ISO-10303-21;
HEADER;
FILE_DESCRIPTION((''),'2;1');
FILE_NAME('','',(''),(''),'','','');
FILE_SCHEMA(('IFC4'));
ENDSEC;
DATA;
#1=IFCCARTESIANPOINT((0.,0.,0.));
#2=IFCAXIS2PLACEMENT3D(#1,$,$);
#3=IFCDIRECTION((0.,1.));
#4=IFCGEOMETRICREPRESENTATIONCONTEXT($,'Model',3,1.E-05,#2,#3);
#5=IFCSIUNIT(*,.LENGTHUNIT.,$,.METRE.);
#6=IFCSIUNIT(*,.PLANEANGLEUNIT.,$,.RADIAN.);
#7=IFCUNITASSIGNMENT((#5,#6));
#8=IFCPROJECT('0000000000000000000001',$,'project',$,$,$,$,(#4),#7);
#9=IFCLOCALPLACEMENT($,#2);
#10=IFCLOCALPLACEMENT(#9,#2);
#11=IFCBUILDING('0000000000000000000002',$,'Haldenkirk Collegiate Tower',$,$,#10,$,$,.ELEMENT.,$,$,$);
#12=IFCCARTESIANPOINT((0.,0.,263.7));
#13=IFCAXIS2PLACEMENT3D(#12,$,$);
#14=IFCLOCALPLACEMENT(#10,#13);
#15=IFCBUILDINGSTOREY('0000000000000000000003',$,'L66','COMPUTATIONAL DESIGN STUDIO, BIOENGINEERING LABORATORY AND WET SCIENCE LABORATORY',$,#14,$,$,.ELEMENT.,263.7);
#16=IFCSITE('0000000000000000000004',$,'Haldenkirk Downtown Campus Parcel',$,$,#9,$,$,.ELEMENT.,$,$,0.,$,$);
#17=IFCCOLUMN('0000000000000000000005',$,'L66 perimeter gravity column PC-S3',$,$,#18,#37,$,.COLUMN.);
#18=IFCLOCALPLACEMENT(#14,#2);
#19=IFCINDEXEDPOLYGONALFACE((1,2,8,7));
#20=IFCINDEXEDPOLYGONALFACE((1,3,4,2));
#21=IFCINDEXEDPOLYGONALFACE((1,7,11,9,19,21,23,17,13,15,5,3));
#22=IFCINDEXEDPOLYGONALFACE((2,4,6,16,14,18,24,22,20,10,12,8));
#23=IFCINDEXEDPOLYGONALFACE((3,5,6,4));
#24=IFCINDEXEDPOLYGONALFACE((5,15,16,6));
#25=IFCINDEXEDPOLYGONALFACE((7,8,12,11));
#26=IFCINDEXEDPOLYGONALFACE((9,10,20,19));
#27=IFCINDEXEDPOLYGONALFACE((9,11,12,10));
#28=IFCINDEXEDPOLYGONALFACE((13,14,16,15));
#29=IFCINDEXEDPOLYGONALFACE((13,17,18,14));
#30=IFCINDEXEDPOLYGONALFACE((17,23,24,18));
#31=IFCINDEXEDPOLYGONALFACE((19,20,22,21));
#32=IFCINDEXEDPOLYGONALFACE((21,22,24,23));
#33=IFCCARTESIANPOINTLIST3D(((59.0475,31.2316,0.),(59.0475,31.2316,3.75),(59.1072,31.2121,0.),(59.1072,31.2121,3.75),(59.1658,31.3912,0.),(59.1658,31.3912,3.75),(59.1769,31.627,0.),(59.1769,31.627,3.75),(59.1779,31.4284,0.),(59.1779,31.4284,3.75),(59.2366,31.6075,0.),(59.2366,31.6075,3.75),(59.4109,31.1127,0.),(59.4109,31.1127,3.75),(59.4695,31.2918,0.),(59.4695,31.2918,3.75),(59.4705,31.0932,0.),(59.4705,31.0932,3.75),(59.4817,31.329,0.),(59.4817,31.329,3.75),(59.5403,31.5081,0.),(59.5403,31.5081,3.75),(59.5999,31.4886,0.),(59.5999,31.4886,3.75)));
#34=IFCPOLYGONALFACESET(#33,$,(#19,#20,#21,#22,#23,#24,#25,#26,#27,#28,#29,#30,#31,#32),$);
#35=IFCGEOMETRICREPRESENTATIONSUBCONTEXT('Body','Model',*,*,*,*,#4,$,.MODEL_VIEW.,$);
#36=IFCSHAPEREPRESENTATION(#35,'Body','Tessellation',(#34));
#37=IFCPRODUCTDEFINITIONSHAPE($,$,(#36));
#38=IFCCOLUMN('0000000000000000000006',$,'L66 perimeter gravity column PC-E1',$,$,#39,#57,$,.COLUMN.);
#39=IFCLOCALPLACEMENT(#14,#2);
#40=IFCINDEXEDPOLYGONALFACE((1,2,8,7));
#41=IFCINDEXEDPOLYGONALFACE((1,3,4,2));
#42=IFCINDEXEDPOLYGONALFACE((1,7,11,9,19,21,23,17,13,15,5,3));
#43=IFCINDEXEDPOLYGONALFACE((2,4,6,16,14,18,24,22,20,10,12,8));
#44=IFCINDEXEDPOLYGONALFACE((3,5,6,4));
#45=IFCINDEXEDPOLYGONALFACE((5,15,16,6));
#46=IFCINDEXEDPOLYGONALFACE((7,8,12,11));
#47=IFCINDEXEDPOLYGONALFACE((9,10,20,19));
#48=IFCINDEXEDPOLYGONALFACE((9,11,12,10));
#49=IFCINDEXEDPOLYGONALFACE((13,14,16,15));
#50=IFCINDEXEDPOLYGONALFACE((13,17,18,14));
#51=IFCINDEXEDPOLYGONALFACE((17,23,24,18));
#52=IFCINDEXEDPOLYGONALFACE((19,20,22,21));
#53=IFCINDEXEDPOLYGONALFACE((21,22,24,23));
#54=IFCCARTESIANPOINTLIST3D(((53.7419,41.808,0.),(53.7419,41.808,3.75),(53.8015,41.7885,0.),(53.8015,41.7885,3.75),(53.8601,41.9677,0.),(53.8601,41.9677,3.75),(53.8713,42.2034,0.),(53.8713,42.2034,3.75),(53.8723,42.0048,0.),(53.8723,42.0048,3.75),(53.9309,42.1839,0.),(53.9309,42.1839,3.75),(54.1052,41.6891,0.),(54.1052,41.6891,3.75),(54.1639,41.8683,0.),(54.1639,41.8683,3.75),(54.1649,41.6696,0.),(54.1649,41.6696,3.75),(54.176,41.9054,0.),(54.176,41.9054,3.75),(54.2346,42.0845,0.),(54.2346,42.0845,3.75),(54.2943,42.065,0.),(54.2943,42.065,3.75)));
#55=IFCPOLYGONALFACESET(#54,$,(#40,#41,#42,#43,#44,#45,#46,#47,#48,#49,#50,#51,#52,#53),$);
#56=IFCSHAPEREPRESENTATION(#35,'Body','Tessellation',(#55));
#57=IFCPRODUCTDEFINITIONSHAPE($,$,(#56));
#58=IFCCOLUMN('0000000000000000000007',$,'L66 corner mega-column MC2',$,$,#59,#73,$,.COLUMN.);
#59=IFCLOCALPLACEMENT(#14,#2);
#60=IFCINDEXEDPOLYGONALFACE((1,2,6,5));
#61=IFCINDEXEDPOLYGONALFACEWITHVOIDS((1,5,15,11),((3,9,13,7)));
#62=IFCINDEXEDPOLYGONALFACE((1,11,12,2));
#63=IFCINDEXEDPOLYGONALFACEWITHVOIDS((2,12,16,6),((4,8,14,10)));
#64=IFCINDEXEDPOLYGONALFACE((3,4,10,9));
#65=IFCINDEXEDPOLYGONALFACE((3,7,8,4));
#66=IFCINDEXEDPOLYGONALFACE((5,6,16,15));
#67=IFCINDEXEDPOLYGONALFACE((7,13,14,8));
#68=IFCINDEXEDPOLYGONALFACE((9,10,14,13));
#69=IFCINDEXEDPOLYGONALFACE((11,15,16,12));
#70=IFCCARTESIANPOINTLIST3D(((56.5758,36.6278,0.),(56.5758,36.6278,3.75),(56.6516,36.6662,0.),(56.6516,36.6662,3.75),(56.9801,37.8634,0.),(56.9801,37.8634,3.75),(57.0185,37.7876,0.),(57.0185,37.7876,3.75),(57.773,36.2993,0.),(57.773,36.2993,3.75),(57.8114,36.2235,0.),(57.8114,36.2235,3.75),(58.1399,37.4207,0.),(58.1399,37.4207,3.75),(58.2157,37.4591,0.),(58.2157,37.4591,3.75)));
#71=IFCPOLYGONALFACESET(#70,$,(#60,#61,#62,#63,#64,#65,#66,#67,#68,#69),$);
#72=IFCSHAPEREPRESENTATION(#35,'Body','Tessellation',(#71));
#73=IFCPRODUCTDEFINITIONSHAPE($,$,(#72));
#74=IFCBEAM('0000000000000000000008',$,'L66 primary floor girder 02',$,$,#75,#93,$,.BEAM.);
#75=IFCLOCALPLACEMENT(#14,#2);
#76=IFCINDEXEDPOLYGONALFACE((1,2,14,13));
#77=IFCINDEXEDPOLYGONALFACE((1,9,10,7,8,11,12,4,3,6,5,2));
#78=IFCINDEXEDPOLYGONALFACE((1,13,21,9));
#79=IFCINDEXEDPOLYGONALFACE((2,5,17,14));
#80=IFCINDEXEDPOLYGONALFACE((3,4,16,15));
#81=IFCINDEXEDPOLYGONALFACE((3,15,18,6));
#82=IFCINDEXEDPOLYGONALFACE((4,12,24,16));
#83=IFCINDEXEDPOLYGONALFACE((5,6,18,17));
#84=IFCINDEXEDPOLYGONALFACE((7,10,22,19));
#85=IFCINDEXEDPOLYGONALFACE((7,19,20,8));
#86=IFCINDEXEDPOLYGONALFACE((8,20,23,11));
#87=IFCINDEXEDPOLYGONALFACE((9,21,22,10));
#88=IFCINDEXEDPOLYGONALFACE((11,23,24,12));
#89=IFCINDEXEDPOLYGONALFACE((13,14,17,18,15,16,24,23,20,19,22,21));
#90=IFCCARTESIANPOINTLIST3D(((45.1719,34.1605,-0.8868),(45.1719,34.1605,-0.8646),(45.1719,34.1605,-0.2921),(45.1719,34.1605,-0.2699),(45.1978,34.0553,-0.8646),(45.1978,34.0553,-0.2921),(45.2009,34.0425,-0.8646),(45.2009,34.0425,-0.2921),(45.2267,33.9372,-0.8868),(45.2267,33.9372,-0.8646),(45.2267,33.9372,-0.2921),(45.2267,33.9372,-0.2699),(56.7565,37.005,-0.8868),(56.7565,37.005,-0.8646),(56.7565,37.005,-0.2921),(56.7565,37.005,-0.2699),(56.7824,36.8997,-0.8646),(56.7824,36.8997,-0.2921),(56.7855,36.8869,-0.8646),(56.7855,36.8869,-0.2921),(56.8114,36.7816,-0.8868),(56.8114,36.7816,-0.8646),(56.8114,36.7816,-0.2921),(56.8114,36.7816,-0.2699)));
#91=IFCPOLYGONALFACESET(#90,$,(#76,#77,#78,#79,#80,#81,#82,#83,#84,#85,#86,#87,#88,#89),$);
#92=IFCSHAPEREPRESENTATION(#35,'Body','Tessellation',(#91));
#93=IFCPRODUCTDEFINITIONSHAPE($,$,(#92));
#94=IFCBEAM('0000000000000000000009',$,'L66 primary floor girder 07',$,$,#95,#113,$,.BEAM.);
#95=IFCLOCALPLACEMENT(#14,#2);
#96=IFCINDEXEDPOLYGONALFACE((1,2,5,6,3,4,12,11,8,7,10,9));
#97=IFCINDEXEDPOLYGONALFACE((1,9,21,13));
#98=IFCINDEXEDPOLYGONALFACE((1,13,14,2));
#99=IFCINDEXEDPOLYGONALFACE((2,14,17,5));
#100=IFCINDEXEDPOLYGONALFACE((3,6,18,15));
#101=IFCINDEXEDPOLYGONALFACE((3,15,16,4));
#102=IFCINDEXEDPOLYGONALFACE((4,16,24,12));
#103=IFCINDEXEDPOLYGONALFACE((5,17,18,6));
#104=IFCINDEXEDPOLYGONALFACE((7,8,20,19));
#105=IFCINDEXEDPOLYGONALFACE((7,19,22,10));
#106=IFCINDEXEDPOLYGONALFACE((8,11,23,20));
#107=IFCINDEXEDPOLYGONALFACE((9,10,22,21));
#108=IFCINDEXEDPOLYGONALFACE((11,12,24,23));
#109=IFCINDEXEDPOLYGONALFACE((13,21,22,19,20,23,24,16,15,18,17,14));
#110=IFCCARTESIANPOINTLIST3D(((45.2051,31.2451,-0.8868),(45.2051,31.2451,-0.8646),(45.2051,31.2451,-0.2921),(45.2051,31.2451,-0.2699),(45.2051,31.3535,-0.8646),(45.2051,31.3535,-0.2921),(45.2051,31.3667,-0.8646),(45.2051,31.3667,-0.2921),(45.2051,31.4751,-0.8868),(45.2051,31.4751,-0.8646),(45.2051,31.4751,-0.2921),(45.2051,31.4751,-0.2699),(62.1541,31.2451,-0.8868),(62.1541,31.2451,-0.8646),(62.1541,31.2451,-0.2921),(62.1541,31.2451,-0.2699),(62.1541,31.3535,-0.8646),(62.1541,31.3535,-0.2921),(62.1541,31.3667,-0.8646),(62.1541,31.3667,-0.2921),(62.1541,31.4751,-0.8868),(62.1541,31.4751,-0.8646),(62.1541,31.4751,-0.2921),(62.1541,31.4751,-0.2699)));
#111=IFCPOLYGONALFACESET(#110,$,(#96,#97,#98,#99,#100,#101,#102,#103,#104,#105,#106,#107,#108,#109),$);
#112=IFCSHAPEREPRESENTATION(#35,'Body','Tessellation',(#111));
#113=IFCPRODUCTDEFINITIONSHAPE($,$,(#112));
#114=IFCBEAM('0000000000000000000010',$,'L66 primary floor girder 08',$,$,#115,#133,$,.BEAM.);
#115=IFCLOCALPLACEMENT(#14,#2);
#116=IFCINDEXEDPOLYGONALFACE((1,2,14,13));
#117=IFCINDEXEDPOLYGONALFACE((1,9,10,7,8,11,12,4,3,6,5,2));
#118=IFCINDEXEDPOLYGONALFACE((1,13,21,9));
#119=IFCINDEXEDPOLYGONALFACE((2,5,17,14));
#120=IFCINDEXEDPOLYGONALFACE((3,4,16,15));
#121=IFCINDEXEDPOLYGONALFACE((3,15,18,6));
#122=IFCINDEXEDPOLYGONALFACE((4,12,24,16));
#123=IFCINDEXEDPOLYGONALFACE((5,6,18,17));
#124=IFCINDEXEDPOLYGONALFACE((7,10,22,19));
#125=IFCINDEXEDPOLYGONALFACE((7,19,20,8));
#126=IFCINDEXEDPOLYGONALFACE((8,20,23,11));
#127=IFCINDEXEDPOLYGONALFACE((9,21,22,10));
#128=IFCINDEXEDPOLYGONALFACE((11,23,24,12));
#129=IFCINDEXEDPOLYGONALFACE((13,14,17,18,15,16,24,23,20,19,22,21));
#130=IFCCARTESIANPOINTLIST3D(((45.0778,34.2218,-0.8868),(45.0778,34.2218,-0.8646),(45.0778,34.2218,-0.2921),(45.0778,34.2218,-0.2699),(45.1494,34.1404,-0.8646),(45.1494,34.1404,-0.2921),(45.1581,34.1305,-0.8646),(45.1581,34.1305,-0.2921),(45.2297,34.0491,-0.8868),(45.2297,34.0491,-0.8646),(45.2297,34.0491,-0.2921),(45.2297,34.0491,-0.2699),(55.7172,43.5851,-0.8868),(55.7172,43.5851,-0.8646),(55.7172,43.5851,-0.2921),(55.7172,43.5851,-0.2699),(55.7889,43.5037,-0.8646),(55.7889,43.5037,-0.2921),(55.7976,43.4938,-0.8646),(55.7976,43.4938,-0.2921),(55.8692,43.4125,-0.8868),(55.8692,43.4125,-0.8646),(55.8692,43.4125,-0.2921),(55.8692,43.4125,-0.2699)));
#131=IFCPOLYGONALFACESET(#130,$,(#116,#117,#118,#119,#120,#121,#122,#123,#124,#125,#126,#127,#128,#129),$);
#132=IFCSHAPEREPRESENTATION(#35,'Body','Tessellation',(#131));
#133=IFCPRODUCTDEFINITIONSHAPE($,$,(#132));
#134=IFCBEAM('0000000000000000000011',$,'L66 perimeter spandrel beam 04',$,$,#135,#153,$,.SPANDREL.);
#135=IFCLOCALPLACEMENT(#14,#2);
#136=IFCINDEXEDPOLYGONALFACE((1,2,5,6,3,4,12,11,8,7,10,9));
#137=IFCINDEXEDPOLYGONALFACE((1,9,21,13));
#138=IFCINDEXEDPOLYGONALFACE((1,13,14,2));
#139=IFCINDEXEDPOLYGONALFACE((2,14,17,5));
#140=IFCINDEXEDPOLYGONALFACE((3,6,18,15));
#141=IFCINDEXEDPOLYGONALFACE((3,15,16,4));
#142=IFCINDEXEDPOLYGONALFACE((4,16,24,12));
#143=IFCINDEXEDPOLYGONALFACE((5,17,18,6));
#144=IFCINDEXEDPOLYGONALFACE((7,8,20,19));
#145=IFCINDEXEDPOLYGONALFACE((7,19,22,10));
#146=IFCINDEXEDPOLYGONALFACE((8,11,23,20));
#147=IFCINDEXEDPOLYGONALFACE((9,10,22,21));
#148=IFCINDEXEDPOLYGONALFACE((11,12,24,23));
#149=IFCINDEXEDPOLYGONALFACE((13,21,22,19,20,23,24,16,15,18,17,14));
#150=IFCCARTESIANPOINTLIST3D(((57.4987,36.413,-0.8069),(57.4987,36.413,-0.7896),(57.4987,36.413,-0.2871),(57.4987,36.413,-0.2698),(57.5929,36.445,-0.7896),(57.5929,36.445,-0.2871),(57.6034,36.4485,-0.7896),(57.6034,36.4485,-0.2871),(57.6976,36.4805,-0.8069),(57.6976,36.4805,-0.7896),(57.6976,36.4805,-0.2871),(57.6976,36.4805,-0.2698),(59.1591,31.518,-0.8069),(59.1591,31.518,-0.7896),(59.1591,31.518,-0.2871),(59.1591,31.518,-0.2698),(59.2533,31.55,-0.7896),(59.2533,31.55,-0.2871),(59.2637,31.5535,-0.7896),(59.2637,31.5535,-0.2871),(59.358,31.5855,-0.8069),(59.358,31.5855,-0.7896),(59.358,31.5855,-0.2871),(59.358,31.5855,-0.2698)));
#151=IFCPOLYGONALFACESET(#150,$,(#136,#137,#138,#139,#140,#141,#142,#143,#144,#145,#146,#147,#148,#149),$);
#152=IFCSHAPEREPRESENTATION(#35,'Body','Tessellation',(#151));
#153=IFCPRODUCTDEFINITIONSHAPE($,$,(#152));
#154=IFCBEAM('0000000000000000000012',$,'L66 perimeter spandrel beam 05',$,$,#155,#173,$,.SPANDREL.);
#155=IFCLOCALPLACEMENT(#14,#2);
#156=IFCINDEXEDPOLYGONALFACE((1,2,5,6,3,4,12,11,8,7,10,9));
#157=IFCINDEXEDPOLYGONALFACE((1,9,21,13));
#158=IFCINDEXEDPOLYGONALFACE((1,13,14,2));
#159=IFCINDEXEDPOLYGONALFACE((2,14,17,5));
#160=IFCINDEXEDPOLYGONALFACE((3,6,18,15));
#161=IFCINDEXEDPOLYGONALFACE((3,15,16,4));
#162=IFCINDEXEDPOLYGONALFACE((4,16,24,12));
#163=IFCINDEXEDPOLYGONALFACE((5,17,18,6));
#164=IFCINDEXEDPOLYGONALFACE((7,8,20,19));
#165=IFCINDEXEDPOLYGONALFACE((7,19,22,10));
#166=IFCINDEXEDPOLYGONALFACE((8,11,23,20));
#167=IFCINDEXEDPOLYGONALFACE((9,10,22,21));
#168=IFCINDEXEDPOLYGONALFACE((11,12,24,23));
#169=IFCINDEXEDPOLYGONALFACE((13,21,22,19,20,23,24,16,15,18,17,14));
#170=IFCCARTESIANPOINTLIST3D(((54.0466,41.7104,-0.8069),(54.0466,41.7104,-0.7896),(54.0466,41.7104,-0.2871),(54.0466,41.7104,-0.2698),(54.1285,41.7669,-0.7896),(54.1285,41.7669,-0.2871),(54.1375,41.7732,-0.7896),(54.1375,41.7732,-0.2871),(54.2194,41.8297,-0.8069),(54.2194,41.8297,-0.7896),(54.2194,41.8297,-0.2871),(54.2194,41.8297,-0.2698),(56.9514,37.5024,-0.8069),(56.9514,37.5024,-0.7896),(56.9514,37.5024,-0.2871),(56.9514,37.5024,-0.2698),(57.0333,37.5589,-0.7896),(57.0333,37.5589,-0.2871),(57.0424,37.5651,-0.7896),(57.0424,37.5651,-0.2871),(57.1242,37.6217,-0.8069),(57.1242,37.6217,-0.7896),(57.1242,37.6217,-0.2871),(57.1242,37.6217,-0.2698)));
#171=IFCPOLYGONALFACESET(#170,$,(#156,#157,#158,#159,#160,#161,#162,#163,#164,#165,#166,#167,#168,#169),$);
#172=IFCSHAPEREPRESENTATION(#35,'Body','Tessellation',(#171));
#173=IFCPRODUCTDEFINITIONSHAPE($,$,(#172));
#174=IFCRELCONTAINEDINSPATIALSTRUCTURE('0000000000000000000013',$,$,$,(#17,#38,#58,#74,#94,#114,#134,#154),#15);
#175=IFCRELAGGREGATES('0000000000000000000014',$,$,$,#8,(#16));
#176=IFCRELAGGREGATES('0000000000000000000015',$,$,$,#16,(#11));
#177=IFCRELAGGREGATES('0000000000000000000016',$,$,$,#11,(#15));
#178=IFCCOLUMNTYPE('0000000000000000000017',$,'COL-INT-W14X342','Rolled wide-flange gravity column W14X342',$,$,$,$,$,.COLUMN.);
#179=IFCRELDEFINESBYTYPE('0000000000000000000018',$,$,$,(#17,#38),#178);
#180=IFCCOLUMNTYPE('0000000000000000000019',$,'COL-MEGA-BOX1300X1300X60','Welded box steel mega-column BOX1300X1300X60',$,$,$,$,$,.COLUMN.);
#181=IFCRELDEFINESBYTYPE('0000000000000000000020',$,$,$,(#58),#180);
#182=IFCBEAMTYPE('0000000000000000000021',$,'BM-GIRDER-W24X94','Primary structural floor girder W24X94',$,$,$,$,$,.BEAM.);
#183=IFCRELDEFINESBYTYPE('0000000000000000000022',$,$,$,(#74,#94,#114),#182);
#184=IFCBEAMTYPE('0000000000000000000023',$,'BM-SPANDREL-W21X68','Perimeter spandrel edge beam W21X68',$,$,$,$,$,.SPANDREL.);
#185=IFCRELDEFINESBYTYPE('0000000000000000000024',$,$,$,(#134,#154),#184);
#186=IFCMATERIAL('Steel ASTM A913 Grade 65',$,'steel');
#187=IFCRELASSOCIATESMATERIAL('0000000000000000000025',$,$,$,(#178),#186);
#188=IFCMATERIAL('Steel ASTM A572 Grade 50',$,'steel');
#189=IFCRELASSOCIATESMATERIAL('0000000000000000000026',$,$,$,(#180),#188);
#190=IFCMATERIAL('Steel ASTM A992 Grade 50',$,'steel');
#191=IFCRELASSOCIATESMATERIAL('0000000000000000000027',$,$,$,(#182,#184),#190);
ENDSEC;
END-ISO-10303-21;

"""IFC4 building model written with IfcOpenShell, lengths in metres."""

from ifc_helpers import new_model, si_unit, direction, frame, origin, origin_2d, place, context, subcontext, project, spatial, hollow_rectangle, i_section, extrude, material, material_profile, profile_set, type_object, element, save


model = new_model("IFC4")

# Units and contexts
model_context = context("Model", 3, precision=1e-05, world=origin(), true_north=direction((0.0, 1.0)))
body_context = subcontext(model_context, "Body", "Model", "MODEL_VIEW")
ifc_project = project(units=[si_unit("LENGTHUNIT", "METRE"), si_unit("PLANEANGLEUNIT", "RADIAN")], contexts=[model_context])

# Site, building, storey
site_placement = place(None, origin())
site = spatial("IfcSite", under=ifc_project, at=site_placement, Name="Haldenkirk Downtown Campus Parcel", CompositionType="ELEMENT", RefElevation=0.0)
building_placement = place(site_placement, origin())
building = spatial("IfcBuilding", under=site, at=building_placement, Name="Haldenkirk Collegiate Tower", CompositionType="ELEMENT")
storey_placement = place(building_placement, frame((0.0, 0.0, 263.7)))
storey = spatial("IfcBuildingStorey", under=building, at=storey_placement, Name="L66", Description="COMPUTATIONAL DESIGN STUDIO, BIOENGINEERING LABORATORY AND WET SCIENCE LABORATORY", CompositionType="ELEMENT", Elevation=263.7)

# Columns
ifc_material_1 = material(Name="Steel ASTM A913 Grade 65", Category="steel")
ifc_material_profile_1 = material_profile(ifc_material_1, i_section(OverallWidth=0.416, OverallDepth=0.4451, WebThickness=0.0391, FlangeThickness=0.0627, at=origin_2d()), Name="W14X342")
ifc_profile_set_1 = profile_set([ifc_material_profile_1], Name="Steel ASTM A913 Grade 65")
column_type_1 = type_object("IfcColumnType", Name="COL-INT-W14X342", Description="Rolled wide-flange gravity column W14X342", PredefinedType="COLUMN", material=ifc_profile_set_1)
for number, where, z_axis, x_axis, name in (
    (1, (59.3237, 31.3601, 0.0), (0.0, 0.0, 1.0), (0.311008, 0.950407, 0.0), "L66 perimeter gravity column PC-S3"),
    (2, (54.0181, 41.9365, 0.0), (0.0, 0.0, 1.0), (0.311008, 0.950407, 0.0), "L66 perimeter gravity column PC-E1"),
):
    element("IfcColumn", number, at=place(storey_placement, frame(where, z_axis=z_axis, x_axis=x_axis)), inside=storey, type_object=column_type_1, Name=name, PredefinedType="COLUMN", context=body_context, shape_type="SweptSolid", body=[
        extrude(i_section(OverallWidth=0.416, OverallDepth=0.4451, WebThickness=0.0391, FlangeThickness=0.0627, at=origin_2d()), origin(), (0.0, 0.0, 1.0), 3.75),
    ])
ifc_material_2 = material(Name="Steel ASTM A572 Grade 50", Category="steel")
ifc_material_profile_2 = material_profile(ifc_material_2, hollow_rectangle(XDim=1.3, YDim=1.3, WallThickness=0.0601, at=origin_2d()), Name="BOX1300X1300X60")
ifc_profile_set_2 = profile_set([ifc_material_profile_2], Name="Steel ASTM A572 Grade 50")
column_type_2 = type_object("IfcColumnType", Name="COL-MEGA-BOX1300X1300X60", Description="Welded box steel mega-column BOX1300X1300X60", PredefinedType="COLUMN", material=ifc_profile_set_2)
column_placement = place(storey_placement, frame((57.3958, 37.0435, 0.0), z_axis=(0.0, 0.0, 1.0), x_axis=(0.311008, 0.950407, 0.0)))
element("IfcColumn", 3, at=column_placement, inside=storey, type_object=column_type_2, Name="L66 corner mega-column MC2", PredefinedType="COLUMN", context=body_context, shape_type="SweptSolid", body=[
    extrude(hollow_rectangle(XDim=1.3, YDim=1.3, WallThickness=0.0601, at=origin_2d()), origin(), (0.0, 0.0, 1.0), 3.75),
])

# Beams
ifc_material_3 = material(Name="Steel ASTM A992 Grade 50", Category="steel")
ifc_material_profile_3 = material_profile(ifc_material_3, i_section(OverallWidth=0.23, OverallDepth=0.6169, WebThickness=0.0132, FlangeThickness=0.0222, at=origin_2d()), Name="W24X94")
ifc_profile_set_3 = profile_set([ifc_material_profile_3], Name="Steel ASTM A992 Grade 50")
beam_type_1 = type_object("IfcBeamType", Name="BM-GIRDER-W24X94", Description="Primary structural floor girder W24X94", PredefinedType="BEAM", material=ifc_profile_set_3)
beam_1_placement = place(storey_placement, frame((56.7839, 36.8933, -0.5784), z_axis=(-0.971154, -0.238455, 0.0), x_axis=(0.238455, -0.971154, 0.0)))
element("IfcBeam", 4, at=beam_1_placement, inside=storey, type_object=beam_type_1, Name="L66 primary floor girder 02", PredefinedType="BEAM", context=body_context, shape_type="SweptSolid", body=[
    extrude(i_section(OverallWidth=0.23, OverallDepth=0.6169, WebThickness=0.0132, FlangeThickness=0.0222, at=origin_2d()), origin(), (0.0, 0.0, 1.0), 11.9287),
])
beam_2_placement = place(storey_placement, frame((62.1541, 31.3601, -0.5784), z_axis=(-1.0, 0.0, 0.0), x_axis=(0.0, -1.0, 0.0)))
element("IfcBeam", 5, at=beam_2_placement, inside=storey, type_object=beam_type_1, Name="L66 primary floor girder 07", PredefinedType="BEAM", context=body_context, shape_type="SweptSolid", body=[
    extrude(i_section(OverallWidth=0.23, OverallDepth=0.6169, WebThickness=0.0132, FlangeThickness=0.0222, at=origin_2d()), origin(), (0.0, 0.0, 1.0), 16.949),
])
beam_3_placement = place(storey_placement, frame((55.7932, 43.4988, -0.5784), z_axis=(-0.750692, -0.660652, 0.0), x_axis=(0.660652, -0.750692, 0.0)))
element("IfcBeam", 6, at=beam_3_placement, inside=storey, type_object=beam_type_1, Name="L66 primary floor girder 08", PredefinedType="BEAM", context=body_context, shape_type="SweptSolid", body=[
    extrude(i_section(OverallWidth=0.23, OverallDepth=0.6169, WebThickness=0.0132, FlangeThickness=0.0222, at=origin_2d()), origin(), (0.0, 0.0, 1.0), 14.1729),
])
ifc_material_profile_4 = material_profile(ifc_material_3, i_section(OverallWidth=0.21, OverallDepth=0.5371, WebThickness=0.011, FlangeThickness=0.0173, at=origin_2d()), Name="W21X68")
ifc_profile_set_4 = profile_set([ifc_material_profile_4], Name="Steel ASTM A992 Grade 50")
beam_type_2 = type_object("IfcBeamType", Name="BM-SPANDREL-W21X68", Description="Perimeter spandrel edge beam W21X68", PredefinedType="SPANDREL", material=ifc_profile_set_4)
beam_4_placement = place(storey_placement, frame((59.2585, 31.5518, -0.5383), z_axis=(-0.321225, 0.947003, 0.0), x_axis=(-0.947003, -0.321225, 0.0)))
element("IfcBeam", 7, at=beam_4_placement, inside=storey, type_object=beam_type_2, Name="L66 perimeter spandrel beam 04", PredefinedType="SPANDREL", context=body_context, shape_type="SweptSolid", body=[
    extrude(i_section(OverallWidth=0.21, OverallDepth=0.5371, WebThickness=0.011, FlangeThickness=0.0173, at=origin_2d()), origin(), (0.0, 0.0, 1.0), 5.1689),
])
beam_5_placement = place(storey_placement, frame((57.0378, 37.562, -0.5383), z_axis=(-0.568092, 0.822965, 0.0), x_axis=(-0.822965, -0.568092, 0.0)))
element("IfcBeam", 8, at=beam_5_placement, inside=storey, type_object=beam_type_2, Name="L66 perimeter spandrel beam 05", PredefinedType="SPANDREL", context=body_context, shape_type="SweptSolid", body=[
    extrude(i_section(OverallWidth=0.21, OverallDepth=0.5371, WebThickness=0.011, FlangeThickness=0.0173, at=origin_2d()), origin(), (0.0, 0.0, 1.0), 5.1133),
])

save(model, "model.ifc")
